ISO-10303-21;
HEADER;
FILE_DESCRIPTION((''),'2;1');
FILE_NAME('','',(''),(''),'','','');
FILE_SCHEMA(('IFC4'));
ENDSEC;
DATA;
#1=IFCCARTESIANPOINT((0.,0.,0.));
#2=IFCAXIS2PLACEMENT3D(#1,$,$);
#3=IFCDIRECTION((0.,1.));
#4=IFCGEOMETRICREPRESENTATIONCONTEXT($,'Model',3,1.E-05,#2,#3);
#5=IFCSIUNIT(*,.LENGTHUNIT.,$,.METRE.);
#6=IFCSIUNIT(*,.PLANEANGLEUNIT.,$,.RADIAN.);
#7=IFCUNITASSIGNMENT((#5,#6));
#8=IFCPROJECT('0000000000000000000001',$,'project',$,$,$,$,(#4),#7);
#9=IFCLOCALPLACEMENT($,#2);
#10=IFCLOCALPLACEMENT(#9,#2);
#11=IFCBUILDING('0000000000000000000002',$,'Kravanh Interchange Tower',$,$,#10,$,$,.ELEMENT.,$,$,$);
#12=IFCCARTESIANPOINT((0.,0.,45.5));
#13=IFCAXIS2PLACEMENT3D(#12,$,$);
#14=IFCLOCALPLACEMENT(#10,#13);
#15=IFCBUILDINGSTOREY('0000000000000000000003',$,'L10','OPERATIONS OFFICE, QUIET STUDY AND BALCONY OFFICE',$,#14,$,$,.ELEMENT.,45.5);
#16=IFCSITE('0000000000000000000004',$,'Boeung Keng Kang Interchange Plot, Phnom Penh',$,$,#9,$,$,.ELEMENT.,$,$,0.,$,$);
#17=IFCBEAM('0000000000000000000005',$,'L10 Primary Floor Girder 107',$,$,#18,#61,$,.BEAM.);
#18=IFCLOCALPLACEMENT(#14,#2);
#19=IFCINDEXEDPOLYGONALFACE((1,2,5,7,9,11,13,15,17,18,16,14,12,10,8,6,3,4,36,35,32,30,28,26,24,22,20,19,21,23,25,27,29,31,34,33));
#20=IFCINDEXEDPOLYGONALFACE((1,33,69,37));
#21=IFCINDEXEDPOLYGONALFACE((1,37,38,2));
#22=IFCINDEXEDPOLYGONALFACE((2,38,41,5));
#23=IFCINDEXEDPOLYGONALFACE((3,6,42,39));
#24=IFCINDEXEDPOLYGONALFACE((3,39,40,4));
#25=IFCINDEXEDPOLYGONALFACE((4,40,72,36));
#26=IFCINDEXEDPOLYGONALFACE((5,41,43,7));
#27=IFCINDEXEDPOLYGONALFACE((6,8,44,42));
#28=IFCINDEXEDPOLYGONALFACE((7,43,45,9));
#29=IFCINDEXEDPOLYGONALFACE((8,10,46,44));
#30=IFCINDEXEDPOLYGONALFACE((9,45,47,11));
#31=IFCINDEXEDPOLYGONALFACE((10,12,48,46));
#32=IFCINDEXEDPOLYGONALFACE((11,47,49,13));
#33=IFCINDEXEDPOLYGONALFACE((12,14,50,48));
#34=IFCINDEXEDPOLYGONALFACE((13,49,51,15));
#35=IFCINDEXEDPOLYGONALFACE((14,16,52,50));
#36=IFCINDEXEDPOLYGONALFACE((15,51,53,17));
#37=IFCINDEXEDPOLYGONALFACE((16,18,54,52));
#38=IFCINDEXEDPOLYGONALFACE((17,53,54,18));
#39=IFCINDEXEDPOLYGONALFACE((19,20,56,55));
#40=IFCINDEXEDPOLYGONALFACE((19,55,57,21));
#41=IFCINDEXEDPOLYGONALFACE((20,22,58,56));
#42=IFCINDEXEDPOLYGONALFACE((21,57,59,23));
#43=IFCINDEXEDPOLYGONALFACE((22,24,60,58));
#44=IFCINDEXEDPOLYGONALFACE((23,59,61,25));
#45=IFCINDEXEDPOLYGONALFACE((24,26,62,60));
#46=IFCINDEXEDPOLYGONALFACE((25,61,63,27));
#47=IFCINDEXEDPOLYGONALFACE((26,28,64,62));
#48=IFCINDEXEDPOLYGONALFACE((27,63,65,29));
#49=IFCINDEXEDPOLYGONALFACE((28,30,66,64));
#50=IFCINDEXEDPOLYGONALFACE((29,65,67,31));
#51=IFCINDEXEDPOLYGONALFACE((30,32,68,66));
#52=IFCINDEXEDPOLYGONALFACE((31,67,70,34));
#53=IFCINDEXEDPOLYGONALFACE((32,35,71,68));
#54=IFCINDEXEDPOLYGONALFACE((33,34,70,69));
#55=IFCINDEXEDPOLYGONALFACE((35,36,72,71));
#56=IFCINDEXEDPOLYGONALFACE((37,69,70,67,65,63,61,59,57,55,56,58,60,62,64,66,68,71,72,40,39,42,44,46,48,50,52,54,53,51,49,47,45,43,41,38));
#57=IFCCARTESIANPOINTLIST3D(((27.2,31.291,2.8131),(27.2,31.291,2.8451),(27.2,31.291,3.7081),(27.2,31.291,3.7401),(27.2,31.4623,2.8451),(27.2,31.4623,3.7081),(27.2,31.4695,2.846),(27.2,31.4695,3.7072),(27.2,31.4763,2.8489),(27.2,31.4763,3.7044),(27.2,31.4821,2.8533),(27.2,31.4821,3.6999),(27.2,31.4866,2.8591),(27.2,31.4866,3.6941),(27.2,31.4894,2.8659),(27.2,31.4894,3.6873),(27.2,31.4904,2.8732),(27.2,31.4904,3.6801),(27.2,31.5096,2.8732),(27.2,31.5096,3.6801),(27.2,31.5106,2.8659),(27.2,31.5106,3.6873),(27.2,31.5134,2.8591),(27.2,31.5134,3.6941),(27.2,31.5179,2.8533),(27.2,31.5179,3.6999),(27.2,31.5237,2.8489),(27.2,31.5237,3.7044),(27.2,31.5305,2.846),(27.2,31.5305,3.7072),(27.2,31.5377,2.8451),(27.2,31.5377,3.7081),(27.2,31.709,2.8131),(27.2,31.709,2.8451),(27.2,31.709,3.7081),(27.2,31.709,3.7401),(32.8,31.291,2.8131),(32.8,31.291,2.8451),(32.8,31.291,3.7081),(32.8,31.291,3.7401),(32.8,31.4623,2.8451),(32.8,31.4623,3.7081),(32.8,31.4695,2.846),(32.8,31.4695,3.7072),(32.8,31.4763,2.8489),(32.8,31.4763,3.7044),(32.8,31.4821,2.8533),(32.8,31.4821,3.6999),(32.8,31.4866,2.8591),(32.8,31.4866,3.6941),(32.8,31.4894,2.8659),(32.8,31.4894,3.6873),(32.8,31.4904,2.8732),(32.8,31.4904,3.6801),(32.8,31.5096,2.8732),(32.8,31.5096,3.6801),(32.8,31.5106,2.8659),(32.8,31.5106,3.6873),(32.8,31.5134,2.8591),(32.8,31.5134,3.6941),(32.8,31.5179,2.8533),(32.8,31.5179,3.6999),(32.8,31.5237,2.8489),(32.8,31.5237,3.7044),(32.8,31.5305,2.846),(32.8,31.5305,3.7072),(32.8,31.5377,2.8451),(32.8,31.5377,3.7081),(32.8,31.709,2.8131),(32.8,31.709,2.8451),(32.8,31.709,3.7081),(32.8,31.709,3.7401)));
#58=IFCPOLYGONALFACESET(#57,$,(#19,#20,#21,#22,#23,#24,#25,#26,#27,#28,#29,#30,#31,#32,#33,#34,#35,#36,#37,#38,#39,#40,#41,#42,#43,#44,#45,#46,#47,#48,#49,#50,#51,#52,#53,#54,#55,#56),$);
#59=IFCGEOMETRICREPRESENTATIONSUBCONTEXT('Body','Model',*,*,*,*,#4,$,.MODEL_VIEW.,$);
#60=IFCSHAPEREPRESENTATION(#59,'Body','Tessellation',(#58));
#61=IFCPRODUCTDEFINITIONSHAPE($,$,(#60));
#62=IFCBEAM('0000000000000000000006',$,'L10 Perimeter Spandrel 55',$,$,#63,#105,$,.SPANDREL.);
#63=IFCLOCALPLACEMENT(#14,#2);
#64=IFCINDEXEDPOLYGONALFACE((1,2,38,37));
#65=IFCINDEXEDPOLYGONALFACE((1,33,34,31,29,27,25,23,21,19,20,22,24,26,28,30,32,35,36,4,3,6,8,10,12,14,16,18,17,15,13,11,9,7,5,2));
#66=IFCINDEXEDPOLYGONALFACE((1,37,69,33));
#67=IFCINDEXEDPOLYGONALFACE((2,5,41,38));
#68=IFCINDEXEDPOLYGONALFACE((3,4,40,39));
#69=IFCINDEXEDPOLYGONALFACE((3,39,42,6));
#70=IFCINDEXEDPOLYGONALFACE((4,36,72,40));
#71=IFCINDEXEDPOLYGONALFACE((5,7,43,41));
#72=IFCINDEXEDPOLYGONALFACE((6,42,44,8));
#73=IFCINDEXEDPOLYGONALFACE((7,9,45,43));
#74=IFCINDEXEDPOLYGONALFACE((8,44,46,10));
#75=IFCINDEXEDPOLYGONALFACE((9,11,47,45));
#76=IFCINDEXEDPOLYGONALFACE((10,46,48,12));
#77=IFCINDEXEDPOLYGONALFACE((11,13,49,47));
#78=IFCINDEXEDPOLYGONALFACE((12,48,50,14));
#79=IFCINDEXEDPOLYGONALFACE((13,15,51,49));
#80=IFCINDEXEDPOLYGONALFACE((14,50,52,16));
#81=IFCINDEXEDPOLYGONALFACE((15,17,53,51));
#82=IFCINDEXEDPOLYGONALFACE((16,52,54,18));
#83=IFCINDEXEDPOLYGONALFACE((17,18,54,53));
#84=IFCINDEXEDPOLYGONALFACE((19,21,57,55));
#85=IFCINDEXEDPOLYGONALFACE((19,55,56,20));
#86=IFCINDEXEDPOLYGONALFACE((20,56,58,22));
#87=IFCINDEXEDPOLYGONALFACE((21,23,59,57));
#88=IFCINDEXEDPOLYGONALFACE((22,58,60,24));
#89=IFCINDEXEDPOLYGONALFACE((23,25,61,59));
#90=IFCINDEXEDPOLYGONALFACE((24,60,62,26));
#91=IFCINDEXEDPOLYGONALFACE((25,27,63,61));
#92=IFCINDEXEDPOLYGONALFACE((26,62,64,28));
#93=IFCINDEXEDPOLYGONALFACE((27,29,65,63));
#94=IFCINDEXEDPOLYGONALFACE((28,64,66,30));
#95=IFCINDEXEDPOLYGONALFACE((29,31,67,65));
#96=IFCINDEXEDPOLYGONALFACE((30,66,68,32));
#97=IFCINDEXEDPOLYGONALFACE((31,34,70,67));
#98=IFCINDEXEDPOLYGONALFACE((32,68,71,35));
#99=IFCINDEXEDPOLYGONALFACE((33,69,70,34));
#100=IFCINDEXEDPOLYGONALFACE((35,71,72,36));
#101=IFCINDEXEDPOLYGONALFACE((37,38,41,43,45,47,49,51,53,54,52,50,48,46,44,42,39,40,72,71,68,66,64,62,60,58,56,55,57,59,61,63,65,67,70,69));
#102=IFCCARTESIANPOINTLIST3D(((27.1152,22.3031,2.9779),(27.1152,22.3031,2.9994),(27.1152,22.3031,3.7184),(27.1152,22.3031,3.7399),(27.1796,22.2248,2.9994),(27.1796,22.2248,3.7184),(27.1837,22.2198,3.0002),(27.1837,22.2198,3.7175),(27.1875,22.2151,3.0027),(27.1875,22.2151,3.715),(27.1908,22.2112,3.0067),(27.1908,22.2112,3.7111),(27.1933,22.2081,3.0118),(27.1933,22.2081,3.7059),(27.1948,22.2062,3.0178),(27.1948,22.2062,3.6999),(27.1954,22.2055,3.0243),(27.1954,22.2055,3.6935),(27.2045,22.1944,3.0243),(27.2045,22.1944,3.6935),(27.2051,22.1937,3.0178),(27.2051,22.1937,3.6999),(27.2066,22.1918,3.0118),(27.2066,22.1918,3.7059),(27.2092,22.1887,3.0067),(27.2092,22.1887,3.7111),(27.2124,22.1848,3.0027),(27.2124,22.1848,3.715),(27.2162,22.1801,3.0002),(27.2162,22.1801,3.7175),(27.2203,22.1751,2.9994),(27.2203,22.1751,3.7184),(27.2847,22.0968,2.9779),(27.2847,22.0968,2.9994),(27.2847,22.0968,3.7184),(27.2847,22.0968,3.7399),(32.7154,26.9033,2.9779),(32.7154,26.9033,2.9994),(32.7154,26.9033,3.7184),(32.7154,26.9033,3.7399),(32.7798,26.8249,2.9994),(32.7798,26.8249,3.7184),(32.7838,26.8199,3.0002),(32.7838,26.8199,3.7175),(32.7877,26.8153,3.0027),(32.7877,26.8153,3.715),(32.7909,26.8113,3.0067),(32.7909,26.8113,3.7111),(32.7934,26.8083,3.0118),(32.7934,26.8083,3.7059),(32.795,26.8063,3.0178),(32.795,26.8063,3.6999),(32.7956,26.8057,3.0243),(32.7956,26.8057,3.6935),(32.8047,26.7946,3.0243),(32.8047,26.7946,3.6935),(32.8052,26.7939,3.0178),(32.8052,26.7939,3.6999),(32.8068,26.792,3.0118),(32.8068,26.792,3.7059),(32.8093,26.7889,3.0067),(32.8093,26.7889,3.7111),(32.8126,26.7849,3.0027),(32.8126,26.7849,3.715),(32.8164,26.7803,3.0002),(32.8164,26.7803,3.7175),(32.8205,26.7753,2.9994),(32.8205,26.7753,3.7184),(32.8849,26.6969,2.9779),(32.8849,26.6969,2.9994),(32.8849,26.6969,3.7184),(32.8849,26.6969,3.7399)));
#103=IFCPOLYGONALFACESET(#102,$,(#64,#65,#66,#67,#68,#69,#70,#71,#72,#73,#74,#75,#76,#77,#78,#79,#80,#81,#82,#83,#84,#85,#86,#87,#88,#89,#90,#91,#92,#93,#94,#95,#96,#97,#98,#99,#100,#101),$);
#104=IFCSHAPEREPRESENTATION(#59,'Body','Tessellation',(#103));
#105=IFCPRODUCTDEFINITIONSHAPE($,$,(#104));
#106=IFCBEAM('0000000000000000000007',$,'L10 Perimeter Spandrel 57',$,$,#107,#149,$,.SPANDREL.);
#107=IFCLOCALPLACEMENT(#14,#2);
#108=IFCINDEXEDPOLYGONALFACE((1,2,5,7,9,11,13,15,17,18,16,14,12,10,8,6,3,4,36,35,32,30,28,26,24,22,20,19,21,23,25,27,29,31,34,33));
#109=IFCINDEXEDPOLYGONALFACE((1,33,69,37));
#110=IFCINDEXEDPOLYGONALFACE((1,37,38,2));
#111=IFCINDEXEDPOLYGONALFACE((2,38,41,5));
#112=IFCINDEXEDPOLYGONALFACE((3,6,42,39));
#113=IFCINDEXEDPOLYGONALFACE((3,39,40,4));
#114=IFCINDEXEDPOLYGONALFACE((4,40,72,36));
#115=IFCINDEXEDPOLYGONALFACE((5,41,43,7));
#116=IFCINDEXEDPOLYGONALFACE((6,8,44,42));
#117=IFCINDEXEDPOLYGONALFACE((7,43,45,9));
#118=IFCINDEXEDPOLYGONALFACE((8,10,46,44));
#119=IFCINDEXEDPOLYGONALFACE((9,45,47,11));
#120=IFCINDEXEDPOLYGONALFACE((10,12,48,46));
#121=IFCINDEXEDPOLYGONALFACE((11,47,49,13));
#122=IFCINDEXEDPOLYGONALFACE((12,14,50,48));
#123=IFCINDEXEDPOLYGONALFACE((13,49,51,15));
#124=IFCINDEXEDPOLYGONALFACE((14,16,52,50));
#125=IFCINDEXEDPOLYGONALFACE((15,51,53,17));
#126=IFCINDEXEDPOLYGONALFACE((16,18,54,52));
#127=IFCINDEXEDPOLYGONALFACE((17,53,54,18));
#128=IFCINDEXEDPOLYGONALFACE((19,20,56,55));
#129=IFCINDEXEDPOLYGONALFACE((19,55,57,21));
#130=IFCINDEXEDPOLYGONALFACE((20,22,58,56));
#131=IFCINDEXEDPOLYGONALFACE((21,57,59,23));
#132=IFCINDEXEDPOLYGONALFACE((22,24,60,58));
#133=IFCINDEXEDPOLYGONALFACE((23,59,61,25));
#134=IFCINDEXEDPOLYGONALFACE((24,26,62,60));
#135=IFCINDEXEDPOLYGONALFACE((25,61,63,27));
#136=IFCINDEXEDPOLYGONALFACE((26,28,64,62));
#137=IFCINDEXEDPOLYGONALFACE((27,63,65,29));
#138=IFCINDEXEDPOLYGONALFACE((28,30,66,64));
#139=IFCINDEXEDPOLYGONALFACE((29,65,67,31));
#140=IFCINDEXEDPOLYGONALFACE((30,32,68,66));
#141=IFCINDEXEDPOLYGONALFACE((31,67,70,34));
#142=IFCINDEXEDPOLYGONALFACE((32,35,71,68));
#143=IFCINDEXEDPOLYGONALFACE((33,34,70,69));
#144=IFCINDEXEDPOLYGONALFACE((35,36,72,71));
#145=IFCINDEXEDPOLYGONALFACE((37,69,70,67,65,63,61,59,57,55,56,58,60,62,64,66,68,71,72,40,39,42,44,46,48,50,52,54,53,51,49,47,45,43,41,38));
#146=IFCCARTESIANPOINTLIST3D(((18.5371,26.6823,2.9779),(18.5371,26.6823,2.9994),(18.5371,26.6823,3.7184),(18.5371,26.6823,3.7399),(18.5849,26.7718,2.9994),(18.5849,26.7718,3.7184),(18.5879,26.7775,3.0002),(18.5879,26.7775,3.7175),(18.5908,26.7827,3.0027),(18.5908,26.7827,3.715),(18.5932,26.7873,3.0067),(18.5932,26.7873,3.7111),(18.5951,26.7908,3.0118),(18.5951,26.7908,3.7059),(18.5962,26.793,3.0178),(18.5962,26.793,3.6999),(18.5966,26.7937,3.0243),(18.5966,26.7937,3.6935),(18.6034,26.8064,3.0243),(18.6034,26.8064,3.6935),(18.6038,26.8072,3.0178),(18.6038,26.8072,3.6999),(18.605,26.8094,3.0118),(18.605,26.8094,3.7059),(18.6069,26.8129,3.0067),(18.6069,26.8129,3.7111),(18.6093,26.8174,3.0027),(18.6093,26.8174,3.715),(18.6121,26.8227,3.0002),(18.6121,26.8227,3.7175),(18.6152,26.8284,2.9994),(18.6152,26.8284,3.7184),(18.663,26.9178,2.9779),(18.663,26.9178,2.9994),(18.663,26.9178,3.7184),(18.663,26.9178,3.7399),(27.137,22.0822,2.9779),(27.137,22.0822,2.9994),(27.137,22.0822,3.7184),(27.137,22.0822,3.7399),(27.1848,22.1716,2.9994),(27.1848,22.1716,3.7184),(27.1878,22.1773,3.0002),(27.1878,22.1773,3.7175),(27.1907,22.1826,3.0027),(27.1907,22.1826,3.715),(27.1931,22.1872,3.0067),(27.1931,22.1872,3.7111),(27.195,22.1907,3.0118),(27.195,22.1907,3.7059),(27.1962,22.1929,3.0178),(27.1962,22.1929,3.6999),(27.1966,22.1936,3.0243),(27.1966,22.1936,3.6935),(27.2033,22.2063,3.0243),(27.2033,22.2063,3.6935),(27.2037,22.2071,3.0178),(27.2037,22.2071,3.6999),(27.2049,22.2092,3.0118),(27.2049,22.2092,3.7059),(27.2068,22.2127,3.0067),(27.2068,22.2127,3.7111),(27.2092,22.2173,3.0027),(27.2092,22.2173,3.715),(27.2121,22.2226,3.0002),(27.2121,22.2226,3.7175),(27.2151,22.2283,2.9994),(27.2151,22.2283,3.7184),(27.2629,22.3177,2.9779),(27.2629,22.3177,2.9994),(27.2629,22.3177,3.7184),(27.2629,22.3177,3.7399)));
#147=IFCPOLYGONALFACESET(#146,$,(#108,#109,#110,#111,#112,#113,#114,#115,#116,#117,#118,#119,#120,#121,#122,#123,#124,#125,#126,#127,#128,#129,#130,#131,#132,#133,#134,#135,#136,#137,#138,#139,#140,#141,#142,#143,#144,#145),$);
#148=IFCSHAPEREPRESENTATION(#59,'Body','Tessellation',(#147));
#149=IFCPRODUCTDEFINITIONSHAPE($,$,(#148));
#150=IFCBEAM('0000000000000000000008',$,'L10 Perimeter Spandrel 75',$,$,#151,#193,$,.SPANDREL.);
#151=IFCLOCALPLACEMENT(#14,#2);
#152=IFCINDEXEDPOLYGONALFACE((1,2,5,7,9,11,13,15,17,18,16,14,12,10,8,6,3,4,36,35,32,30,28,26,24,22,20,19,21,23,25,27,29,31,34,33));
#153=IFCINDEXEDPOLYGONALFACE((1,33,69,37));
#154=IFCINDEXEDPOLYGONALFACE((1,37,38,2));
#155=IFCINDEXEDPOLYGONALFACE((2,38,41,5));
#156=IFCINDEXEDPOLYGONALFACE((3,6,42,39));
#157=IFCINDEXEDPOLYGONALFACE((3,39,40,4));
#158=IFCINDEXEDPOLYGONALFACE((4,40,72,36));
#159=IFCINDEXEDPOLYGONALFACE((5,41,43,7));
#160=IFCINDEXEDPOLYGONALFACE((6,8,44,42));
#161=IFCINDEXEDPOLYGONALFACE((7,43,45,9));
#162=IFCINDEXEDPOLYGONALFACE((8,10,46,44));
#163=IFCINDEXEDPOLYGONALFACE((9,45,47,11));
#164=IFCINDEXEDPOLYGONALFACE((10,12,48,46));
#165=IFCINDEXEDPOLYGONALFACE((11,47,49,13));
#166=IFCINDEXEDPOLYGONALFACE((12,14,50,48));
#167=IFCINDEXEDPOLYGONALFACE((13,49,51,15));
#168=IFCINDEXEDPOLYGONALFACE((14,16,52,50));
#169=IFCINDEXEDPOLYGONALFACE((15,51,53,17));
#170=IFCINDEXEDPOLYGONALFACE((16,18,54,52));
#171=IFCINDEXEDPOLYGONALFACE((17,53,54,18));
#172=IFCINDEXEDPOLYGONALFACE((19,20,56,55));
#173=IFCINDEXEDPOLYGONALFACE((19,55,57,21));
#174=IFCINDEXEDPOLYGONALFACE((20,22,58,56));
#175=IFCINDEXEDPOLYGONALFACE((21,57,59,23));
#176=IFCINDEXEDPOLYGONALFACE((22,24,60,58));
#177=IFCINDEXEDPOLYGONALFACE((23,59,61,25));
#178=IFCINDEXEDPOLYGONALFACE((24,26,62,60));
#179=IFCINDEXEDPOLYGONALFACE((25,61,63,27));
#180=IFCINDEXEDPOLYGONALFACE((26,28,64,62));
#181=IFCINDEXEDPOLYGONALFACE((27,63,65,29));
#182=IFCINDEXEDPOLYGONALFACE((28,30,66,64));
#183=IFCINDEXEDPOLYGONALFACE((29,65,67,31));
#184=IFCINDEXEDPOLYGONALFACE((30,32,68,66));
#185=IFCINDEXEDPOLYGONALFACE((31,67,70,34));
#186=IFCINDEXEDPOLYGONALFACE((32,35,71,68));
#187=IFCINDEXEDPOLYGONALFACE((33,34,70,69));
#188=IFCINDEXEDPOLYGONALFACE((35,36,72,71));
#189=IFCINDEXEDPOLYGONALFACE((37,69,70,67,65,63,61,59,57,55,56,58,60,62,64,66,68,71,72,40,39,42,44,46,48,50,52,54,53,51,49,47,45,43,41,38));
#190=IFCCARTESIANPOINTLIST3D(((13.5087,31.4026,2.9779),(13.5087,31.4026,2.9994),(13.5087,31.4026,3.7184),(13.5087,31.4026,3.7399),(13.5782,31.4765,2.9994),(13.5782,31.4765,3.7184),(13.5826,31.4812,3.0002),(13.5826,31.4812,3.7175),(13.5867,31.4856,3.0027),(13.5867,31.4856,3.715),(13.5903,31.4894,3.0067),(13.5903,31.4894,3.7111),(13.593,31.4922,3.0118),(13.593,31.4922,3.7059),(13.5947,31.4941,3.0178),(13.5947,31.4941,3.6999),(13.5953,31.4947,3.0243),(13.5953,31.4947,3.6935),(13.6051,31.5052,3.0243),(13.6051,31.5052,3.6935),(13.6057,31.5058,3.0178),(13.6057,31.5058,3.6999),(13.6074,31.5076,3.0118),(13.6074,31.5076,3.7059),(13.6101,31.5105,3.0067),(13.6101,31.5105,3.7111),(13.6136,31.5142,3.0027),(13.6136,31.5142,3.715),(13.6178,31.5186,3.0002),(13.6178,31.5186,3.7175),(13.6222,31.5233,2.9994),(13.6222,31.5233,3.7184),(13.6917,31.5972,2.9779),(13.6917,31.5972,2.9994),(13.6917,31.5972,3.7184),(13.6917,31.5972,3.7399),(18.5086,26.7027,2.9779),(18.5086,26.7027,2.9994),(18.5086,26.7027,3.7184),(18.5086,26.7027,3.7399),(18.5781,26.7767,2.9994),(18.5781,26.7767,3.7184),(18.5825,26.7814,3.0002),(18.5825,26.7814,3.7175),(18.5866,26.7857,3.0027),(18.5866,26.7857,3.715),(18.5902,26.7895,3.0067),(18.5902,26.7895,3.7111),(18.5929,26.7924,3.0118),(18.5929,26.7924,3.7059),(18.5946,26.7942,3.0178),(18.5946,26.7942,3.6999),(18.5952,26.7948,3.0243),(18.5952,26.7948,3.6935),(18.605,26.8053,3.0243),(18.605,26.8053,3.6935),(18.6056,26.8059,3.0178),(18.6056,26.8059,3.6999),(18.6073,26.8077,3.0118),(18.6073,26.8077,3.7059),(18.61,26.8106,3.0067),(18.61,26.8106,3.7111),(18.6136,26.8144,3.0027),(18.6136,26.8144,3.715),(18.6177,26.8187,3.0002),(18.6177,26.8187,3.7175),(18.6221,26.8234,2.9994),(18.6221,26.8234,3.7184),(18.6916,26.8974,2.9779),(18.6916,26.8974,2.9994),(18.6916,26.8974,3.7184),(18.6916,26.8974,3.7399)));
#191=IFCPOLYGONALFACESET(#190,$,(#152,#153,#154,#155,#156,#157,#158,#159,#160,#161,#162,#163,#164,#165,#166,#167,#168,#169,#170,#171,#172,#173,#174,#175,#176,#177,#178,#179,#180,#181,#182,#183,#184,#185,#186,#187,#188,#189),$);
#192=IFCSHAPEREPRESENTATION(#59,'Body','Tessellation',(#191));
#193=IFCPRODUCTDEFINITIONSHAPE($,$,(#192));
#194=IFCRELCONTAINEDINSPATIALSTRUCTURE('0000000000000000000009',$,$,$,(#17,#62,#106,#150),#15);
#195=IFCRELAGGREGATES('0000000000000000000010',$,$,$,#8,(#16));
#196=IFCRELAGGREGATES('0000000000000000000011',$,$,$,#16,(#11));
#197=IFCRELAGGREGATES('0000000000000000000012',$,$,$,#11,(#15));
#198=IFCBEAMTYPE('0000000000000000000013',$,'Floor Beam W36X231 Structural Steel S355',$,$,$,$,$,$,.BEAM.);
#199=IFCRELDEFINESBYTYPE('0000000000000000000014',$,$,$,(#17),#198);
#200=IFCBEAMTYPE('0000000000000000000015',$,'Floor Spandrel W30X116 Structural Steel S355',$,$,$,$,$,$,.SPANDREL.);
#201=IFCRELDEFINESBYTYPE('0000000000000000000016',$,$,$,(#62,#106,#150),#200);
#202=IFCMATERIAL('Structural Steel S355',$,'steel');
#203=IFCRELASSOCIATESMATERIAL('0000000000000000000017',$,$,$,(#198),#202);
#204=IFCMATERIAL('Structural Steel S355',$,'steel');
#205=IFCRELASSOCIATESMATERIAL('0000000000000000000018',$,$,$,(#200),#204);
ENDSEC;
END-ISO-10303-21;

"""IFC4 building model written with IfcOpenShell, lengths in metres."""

from ifc_helpers import new_model, si_unit, direction, frame, origin, origin_2d, place, context, subcontext, project, spatial, i_section, extrude, material, material_profile, profile_set, type_object, element, save


model = new_model("IFC4")

# Units and contexts
model_context = context("Model", 3, precision=1e-05, world=origin(), true_north=direction((0.0, 1.0)))
body_context = subcontext(model_context, "Body", "Model", "MODEL_VIEW")
ifc_project = project(units=[si_unit("LENGTHUNIT", "METRE"), si_unit("PLANEANGLEUNIT", "RADIAN")], contexts=[model_context])

# Site, building, storey
site_placement = place(None, origin())
site = spatial("IfcSite", under=ifc_project, at=site_placement, Name="Boeung Keng Kang Interchange Plot, Phnom Penh", CompositionType="ELEMENT", RefElevation=0.0)
building_placement = place(site_placement, origin())
building = spatial("IfcBuilding", under=site, at=building_placement, Name="Kravanh Interchange Tower", CompositionType="ELEMENT")
storey_placement = place(building_placement, frame((0.0, 0.0, 45.5)))
storey = spatial("IfcBuildingStorey", under=building, at=storey_placement, Name="L10", Description="OPERATIONS OFFICE, QUIET STUDY AND BALCONY OFFICE", CompositionType="ELEMENT", Elevation=45.5)

# Beams
ifc_material_1 = material(Name="Structural Steel S355", Category="steel")
ifc_material_profile_1 = material_profile(ifc_material_1, i_section(OverallWidth=0.418, OverallDepth=0.927, WebThickness=0.0193, FlangeThickness=0.032, FilletRadius=0.0281, at=origin_2d()), Name="W36X231")
ifc_profile_set_1 = profile_set([ifc_material_profile_1], Name="Structural Steel S355")
beam_type_1 = type_object("IfcBeamType", Name="Floor Beam W36X231 Structural Steel S355", PredefinedType="BEAM", material=ifc_profile_set_1)
beam_1_placement = place(storey_placement, frame((27.2, 31.5, 3.2766), z_axis=(1.0, 0.0, 0.0), x_axis=(0.0, 1.0, 0.0)))
element("IfcBeam", 1, at=beam_1_placement, inside=storey, type_object=beam_type_1, Name="L10 Primary Floor Girder 107", PredefinedType="BEAM", context=body_context, shape_type="SweptSolid", body=[
    extrude(i_section(OverallWidth=0.418, OverallDepth=0.927, WebThickness=0.0193, FlangeThickness=0.032, FilletRadius=0.0281, at=origin_2d()), origin(), (0.0, 0.0, 1.0), 5.6001),
])
ifc_material_2 = material(Name="Structural Steel S355", Category="steel")
ifc_material_profile_2 = material_profile(ifc_material_2, i_section(OverallWidth=0.2671, OverallDepth=0.762, WebThickness=0.0144, FlangeThickness=0.0215, FilletRadius=0.0249, at=origin_2d()), Name="W30X116")
ifc_profile_set_2 = profile_set([ifc_material_profile_2], Name="Structural Steel S355")
beam_type_2 = type_object("IfcBeamType", Name="Floor Spandrel W30X116 Structural Steel S355", PredefinedType="SPANDREL", material=ifc_profile_set_2)
beam_2_placement = place(storey_placement, frame((27.2, 22.2, 3.3589), z_axis=(0.772725, 0.634741, 0.0), x_axis=(-0.634741, 0.772725, 0.0)))
element("IfcBeam", 2, at=beam_2_placement, inside=storey, type_object=beam_type_2, Name="L10 Perimeter Spandrel 55", PredefinedType="SPANDREL", context=body_context, shape_type="SweptSolid", body=[
    extrude(i_section(OverallWidth=0.2671, OverallDepth=0.762, WebThickness=0.0144, FlangeThickness=0.0215, FilletRadius=0.0249, at=origin_2d()), origin(), (0.0, 0.0, 1.0), 7.2473),
])
beam_3_placement = place(storey_placement, frame((27.2, 22.2, 3.3589), z_axis=(-0.881777, 0.471666, 0.0), x_axis=(-0.471666, -0.881777, 0.0)))
element("IfcBeam", 3, at=beam_3_placement, inside=storey, type_object=beam_type_2, Name="L10 Perimeter Spandrel 57", PredefinedType="SPANDREL", context=body_context, shape_type="SweptSolid", body=[
    extrude(i_section(OverallWidth=0.2671, OverallDepth=0.762, WebThickness=0.0144, FlangeThickness=0.0215, FilletRadius=0.0249, at=origin_2d()), origin(), (0.0, 0.0, 1.0), 9.7529),
])
beam_4_placement = place(storey_placement, frame((18.6001, 26.8, 3.3589), z_axis=(-0.728631, 0.684906, 0.0), x_axis=(-0.684906, -0.728631, 0.0)))
element("IfcBeam", 4, at=beam_4_placement, inside=storey, type_object=beam_type_2, Name="L10 Perimeter Spandrel 75", PredefinedType="SPANDREL", context=body_context, shape_type="SweptSolid", body=[
    extrude(i_section(OverallWidth=0.2671, OverallDepth=0.762, WebThickness=0.0144, FlangeThickness=0.0215, FilletRadius=0.0249, at=origin_2d()), origin(), (0.0, 0.0, 1.0), 6.8621),
])

save(model, "model.ifc")
